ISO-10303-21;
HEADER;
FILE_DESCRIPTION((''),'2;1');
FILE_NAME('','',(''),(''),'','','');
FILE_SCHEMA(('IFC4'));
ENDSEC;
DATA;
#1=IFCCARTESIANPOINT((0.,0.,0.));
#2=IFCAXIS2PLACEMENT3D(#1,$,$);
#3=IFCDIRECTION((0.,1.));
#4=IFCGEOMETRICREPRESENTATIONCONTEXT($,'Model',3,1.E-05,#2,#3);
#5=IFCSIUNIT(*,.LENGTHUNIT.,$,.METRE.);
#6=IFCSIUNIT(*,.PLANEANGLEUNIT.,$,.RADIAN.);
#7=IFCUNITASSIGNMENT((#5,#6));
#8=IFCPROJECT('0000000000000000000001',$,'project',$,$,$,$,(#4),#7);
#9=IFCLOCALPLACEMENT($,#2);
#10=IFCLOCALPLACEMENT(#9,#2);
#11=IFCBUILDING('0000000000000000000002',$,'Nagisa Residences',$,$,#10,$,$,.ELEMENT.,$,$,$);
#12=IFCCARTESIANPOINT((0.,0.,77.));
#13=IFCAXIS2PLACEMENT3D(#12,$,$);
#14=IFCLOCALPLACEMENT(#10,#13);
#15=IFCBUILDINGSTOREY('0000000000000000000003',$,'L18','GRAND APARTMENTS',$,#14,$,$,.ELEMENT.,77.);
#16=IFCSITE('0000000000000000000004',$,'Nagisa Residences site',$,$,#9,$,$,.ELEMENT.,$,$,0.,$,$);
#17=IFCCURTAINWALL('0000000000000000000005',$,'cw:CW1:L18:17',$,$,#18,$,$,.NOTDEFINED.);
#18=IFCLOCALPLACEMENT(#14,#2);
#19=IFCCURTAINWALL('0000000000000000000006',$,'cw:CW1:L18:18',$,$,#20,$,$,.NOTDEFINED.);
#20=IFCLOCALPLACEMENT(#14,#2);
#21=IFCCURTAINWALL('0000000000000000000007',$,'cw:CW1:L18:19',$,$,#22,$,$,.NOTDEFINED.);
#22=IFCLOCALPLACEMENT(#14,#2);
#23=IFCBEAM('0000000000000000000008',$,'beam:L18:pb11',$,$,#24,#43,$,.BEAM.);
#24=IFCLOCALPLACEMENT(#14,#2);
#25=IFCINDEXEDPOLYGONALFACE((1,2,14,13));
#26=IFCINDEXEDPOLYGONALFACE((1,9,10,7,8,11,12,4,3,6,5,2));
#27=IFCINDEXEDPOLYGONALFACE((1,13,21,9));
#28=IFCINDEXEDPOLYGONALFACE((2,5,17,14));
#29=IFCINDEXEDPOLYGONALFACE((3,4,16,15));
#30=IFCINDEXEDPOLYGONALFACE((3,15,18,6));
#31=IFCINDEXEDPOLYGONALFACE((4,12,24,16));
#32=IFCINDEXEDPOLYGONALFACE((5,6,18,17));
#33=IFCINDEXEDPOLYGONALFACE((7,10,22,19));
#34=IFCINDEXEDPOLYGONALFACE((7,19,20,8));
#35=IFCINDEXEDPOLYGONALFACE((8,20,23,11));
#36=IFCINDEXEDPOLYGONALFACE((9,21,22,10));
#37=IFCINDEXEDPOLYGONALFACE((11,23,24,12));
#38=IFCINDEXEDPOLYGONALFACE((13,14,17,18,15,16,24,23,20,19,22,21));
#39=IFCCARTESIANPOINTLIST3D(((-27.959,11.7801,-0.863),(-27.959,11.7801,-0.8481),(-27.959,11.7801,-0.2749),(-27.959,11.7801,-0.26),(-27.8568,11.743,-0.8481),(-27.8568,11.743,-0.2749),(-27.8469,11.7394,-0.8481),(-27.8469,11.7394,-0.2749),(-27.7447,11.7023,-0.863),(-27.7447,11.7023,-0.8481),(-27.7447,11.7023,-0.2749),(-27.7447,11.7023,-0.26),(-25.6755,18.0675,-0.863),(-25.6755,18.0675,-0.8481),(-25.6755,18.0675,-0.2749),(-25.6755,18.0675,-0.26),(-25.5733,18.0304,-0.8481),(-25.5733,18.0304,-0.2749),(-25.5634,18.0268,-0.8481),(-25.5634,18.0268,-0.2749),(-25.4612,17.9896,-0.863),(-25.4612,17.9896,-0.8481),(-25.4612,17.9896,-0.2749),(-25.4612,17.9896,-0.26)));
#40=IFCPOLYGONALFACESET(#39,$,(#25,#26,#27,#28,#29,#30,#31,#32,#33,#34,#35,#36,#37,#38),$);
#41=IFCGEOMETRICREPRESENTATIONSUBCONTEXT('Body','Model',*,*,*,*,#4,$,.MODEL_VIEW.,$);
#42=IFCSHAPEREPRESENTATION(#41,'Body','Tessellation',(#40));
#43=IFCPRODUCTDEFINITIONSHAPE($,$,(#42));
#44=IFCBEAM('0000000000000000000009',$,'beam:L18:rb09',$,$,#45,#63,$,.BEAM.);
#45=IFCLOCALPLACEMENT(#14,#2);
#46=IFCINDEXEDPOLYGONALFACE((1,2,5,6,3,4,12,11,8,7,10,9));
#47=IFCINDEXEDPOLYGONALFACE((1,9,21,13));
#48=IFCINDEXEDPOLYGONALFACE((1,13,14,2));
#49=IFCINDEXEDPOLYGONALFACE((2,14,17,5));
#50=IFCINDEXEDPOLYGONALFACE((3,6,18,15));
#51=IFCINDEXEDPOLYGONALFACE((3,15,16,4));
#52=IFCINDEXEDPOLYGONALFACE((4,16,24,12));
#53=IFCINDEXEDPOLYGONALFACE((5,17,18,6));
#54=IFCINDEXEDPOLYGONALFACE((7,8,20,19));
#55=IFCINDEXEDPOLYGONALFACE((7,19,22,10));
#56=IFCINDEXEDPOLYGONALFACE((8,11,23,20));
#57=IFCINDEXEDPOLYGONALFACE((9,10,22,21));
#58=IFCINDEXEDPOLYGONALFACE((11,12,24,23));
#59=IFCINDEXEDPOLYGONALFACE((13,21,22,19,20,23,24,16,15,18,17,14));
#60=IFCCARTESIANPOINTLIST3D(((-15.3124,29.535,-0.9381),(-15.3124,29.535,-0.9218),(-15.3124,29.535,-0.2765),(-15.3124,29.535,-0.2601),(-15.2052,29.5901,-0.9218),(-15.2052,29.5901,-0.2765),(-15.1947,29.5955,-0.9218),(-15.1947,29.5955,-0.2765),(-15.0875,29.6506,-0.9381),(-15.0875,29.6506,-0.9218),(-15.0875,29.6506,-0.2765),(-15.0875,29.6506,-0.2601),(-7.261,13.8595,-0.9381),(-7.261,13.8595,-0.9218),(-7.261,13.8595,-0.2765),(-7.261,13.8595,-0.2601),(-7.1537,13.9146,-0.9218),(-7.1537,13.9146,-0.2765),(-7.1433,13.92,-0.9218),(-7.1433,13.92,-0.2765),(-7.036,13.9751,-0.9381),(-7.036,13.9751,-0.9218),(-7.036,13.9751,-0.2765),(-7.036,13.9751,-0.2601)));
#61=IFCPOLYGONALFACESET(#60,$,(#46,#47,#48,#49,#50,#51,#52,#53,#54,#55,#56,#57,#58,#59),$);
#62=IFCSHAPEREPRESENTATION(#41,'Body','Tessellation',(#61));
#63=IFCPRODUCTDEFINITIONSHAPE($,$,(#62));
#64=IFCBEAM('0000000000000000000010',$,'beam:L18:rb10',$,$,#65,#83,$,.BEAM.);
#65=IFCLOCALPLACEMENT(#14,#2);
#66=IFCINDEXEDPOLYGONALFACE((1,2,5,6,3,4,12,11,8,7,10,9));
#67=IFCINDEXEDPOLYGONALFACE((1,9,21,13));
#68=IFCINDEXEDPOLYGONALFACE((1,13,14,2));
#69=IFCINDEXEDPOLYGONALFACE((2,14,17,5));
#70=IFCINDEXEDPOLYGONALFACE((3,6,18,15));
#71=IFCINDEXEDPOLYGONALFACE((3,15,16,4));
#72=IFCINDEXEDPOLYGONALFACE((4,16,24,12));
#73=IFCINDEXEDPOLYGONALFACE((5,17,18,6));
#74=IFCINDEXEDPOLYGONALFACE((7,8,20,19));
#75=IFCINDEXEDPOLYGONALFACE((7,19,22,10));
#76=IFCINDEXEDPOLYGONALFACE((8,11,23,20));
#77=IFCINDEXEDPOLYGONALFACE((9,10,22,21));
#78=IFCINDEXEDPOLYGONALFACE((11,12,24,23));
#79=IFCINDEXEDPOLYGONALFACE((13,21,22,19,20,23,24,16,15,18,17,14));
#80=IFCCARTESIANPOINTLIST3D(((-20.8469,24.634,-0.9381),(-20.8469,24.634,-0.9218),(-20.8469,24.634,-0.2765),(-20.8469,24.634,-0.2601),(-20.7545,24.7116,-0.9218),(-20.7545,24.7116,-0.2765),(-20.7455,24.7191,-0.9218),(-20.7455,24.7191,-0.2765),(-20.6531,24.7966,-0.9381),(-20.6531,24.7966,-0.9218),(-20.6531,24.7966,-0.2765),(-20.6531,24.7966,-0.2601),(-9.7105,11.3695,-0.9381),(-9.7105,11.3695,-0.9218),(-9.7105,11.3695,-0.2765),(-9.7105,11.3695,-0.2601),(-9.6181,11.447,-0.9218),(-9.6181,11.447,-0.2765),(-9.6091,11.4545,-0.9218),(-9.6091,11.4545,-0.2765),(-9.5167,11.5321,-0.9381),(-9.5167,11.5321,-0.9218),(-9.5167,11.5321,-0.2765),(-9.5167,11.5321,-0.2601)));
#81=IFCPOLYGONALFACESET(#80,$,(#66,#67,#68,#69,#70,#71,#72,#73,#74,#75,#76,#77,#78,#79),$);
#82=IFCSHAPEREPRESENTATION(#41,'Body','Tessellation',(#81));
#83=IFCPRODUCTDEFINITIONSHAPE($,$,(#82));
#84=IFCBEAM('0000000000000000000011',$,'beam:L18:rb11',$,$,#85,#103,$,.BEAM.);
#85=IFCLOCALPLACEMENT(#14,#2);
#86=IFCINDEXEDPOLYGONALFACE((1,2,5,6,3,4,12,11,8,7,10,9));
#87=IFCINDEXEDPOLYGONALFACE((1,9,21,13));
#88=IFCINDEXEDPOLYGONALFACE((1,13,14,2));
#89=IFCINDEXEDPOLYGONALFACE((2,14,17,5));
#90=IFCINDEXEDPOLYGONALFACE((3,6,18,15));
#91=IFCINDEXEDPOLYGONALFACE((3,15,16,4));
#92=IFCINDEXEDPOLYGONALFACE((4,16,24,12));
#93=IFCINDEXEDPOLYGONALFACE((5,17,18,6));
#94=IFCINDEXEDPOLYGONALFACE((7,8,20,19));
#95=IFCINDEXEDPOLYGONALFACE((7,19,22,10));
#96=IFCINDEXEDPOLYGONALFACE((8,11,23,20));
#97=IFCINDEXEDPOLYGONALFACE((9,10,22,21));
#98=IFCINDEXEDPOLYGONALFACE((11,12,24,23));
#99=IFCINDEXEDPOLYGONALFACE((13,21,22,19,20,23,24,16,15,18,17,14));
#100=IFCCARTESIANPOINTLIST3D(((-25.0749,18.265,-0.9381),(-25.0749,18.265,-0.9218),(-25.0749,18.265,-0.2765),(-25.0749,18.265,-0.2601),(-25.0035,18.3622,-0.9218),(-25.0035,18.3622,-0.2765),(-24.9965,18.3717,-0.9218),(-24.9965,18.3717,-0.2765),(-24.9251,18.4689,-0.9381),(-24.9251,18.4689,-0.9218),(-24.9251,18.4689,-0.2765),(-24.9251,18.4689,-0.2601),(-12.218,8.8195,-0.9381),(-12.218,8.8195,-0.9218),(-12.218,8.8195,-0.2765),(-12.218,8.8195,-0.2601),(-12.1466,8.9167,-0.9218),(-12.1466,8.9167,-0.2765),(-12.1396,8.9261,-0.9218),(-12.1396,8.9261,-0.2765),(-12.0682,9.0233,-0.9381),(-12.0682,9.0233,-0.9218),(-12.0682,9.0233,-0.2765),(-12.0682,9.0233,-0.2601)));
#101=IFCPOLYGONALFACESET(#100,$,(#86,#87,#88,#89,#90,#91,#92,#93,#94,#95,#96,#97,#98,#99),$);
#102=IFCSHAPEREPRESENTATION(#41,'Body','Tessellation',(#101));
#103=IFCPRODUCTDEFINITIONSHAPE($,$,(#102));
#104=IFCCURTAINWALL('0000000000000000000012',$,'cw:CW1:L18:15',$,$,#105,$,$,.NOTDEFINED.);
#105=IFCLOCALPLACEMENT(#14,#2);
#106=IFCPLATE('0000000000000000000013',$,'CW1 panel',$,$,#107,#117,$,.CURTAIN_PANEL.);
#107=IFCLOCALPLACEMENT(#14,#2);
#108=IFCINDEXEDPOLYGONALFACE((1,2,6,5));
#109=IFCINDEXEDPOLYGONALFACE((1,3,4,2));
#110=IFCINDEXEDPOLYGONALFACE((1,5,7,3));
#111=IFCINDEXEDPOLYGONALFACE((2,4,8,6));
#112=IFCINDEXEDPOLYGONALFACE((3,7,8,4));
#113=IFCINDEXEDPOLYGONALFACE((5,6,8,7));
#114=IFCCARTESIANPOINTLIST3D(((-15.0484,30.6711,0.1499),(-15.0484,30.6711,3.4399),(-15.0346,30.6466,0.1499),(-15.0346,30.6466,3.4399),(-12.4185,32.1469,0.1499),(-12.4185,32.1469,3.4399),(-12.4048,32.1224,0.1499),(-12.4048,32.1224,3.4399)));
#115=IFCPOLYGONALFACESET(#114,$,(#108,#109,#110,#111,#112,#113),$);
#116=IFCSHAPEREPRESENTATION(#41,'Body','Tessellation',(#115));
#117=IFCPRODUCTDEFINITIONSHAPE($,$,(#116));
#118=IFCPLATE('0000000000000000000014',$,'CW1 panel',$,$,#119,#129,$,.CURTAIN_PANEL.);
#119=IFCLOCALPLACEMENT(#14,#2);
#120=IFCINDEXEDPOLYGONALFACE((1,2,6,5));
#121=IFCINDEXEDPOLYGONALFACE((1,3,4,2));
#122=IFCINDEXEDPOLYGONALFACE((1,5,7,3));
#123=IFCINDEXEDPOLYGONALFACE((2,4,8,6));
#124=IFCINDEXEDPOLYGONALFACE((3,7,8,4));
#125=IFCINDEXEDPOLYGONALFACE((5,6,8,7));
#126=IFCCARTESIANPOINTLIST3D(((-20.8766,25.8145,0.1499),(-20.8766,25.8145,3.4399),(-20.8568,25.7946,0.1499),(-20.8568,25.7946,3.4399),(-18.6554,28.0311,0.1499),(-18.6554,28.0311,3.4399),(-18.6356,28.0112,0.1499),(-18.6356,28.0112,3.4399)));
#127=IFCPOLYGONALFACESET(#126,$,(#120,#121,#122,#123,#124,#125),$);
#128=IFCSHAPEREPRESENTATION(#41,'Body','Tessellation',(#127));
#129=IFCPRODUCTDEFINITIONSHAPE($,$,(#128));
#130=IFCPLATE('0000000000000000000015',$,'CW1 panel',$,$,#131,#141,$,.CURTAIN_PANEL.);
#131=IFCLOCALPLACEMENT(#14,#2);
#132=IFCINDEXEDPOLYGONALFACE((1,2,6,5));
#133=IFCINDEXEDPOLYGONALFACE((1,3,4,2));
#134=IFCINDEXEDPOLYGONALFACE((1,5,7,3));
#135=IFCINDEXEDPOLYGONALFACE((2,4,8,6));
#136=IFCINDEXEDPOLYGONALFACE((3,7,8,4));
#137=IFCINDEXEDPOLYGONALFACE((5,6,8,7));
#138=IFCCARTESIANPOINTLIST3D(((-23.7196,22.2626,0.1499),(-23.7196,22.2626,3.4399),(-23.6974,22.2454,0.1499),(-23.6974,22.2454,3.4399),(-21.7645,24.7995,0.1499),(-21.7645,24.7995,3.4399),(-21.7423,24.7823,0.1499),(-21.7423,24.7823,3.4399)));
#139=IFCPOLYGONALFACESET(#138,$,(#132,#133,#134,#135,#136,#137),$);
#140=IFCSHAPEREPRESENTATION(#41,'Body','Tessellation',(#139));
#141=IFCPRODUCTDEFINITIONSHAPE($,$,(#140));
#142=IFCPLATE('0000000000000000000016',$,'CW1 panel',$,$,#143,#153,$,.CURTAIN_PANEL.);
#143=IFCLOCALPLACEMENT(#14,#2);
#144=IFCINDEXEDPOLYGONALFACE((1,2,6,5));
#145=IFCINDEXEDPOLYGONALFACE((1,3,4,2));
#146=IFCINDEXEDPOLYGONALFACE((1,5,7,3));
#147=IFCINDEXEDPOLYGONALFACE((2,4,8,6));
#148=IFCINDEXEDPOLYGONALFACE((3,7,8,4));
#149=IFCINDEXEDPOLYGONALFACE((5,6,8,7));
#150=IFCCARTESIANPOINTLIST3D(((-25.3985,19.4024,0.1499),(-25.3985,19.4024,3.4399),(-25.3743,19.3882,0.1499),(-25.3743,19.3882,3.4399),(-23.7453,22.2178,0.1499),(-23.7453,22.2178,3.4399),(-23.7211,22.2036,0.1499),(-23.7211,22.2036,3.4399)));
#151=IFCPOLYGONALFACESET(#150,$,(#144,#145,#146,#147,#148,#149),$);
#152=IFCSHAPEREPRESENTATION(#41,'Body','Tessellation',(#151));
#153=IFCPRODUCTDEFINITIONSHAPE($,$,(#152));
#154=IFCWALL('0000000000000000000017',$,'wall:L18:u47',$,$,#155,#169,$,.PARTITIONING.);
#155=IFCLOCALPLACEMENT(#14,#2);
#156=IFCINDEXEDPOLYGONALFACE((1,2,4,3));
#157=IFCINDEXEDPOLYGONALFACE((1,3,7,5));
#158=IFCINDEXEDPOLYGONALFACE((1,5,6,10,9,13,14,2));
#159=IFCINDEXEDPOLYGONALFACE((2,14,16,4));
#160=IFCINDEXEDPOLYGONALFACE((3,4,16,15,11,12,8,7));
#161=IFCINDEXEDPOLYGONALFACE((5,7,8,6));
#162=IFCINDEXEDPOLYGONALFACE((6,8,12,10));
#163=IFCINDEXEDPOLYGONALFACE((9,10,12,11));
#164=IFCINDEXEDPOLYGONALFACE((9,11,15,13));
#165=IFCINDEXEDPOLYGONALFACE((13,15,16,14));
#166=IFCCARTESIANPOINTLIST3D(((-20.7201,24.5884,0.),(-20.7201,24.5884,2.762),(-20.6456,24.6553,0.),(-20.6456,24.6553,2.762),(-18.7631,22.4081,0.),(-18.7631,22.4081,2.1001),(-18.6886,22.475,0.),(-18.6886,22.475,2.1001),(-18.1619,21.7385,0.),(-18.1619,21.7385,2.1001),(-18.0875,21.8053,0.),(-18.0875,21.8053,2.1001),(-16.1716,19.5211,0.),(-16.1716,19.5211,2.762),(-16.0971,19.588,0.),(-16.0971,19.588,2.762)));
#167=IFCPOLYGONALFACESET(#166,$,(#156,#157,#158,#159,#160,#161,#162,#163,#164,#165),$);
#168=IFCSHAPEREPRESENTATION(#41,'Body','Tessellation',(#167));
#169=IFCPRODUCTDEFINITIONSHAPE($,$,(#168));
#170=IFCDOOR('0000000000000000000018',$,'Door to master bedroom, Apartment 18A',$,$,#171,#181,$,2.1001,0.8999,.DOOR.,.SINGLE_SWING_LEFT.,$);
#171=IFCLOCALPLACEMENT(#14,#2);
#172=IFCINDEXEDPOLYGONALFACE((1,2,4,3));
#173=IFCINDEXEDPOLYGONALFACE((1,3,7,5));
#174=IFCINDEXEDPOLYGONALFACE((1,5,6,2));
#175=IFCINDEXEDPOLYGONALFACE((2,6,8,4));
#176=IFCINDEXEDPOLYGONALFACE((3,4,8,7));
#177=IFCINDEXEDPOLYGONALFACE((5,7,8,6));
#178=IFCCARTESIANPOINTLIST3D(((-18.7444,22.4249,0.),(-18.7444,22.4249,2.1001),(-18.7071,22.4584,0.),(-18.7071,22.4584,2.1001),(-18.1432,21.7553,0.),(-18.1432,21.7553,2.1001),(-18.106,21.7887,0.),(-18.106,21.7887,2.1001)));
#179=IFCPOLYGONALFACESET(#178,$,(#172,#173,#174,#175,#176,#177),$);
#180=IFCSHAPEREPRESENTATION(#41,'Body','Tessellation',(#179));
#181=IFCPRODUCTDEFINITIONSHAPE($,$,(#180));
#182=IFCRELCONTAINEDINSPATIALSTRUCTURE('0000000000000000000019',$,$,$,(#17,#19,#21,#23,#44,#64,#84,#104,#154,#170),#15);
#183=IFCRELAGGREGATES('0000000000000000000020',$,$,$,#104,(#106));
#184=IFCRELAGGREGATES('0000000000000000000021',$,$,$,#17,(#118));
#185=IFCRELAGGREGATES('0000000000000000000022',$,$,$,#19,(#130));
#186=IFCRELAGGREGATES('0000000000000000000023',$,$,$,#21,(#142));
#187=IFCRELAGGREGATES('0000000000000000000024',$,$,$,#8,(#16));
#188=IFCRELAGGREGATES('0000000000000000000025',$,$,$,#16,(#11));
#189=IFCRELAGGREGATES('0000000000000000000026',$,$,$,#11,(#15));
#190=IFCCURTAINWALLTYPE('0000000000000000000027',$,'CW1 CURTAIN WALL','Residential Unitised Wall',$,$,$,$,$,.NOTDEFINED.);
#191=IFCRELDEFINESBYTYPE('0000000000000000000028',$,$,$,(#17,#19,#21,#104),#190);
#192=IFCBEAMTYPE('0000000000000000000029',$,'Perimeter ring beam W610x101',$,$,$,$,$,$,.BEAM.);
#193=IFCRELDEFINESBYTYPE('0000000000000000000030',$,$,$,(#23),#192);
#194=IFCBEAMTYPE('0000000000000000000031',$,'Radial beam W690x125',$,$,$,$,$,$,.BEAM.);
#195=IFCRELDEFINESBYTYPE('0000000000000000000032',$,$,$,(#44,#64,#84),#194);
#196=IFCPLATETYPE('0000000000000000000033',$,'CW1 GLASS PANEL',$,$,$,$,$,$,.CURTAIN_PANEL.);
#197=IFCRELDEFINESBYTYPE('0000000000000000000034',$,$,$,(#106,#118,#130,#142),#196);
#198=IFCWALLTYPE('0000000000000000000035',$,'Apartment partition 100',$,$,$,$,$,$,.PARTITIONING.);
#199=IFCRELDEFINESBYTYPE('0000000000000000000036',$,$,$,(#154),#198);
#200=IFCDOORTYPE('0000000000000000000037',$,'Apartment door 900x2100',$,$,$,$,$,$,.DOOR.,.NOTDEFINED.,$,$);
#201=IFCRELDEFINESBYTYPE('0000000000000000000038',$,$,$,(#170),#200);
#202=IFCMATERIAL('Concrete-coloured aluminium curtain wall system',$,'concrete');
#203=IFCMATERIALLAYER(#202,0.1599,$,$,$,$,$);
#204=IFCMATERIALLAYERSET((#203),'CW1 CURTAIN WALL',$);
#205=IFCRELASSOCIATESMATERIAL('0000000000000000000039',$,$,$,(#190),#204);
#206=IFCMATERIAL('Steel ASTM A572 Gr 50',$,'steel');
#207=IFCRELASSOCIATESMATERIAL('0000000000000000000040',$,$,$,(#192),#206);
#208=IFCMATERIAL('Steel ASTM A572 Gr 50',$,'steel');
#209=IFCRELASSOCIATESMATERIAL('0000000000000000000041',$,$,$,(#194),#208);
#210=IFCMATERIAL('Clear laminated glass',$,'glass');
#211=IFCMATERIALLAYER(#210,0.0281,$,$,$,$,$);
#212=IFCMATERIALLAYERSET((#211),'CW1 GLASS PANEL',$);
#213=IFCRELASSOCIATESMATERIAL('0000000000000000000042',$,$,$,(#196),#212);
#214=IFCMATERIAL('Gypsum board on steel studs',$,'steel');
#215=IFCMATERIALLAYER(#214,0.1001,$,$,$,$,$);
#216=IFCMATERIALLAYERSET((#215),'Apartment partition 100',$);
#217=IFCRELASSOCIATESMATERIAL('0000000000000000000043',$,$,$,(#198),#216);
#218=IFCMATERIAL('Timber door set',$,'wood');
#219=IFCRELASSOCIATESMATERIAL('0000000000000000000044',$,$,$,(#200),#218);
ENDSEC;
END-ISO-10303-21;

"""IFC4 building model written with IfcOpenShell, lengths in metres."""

from ifc_helpers import new_model, si_unit, direction, frame, frame_2d, origin, origin_2d, place, context, subcontext, project, spatial, rectangle, i_section, extrude, material, layer, layer_set, material_profile, profile_set, type_object, element, fill, aggregate, save


model = new_model("IFC4")

# Units and contexts
model_context = context("Model", 3, precision=1e-05, world=origin(), true_north=direction((0.0, 1.0)))
body_context = subcontext(model_context, "Body", "Model", "MODEL_VIEW")
ifc_project = project(units=[si_unit("LENGTHUNIT", "METRE"), si_unit("PLANEANGLEUNIT", "RADIAN")], contexts=[model_context])

# Site, building, storey
site_placement = place(None, origin())
site = spatial("IfcSite", under=ifc_project, at=site_placement, Name="Nagisa Residences site", CompositionType="ELEMENT", RefElevation=0.0)
building_placement = place(site_placement, origin())
building = spatial("IfcBuilding", under=site, at=building_placement, Name="Nagisa Residences", CompositionType="ELEMENT")
storey_placement = place(building_placement, frame((0.0, 0.0, 77.0)))
storey = spatial("IfcBuildingStorey", under=building, at=storey_placement, Name="L18", Description="GRAND APARTMENTS", CompositionType="ELEMENT", Elevation=77.0)

# Curtain walls
ifc_material_1 = material(Name="Concrete-coloured aluminium curtain wall system", Category="concrete")
ifc_layer_1 = layer(ifc_material_1, 0.1599)
ifc_layer_set_1 = layer_set([ifc_layer_1], Name="CW1 CURTAIN WALL")
curtain_wall_type = type_object("IfcCurtainWallType", Name="CW1 CURTAIN WALL", Description="Residential Unitised Wall", PredefinedType="NOTDEFINED", material=ifc_layer_set_1)
curtain_wall_1_placement = place(storey_placement, origin())
curtain_wall_1 = element("IfcCurtainWall", 1, at=curtain_wall_1_placement, inside=storey, type_object=curtain_wall_type, Name="cw:CW1:L18:17", PredefinedType="NOTDEFINED")
curtain_wall_2_placement = place(storey_placement, origin())
curtain_wall_2 = element("IfcCurtainWall", 2, at=curtain_wall_2_placement, inside=storey, type_object=curtain_wall_type, Name="cw:CW1:L18:18", PredefinedType="NOTDEFINED")
curtain_wall_3_placement = place(storey_placement, origin())
curtain_wall_3 = element("IfcCurtainWall", 3, at=curtain_wall_3_placement, inside=storey, type_object=curtain_wall_type, Name="cw:CW1:L18:19", PredefinedType="NOTDEFINED")

# Beams
ifc_material_2 = material(Name="Steel ASTM A572 Gr 50", Category="steel")
ifc_material_profile_1 = material_profile(ifc_material_2, i_section(OverallWidth=0.228, OverallDepth=0.603, WebThickness=0.0105, FlangeThickness=0.0149, at=origin_2d()), Name="W610x101")
ifc_profile_set_1 = profile_set([ifc_material_profile_1], Name="Steel ASTM A572 Gr 50")
beam_type_1 = type_object("IfcBeamType", Name="Perimeter ring beam W610x101", PredefinedType="BEAM", material=ifc_profile_set_1)
beam_1_placement = place(storey_placement, frame((-25.5684, 18.0286, -0.5615), z_axis=(-0.341365, -0.939931, 0.0), x_axis=(0.939931, -0.341365, 0.0)))
element("IfcBeam", 4, at=beam_1_placement, inside=storey, type_object=beam_type_1, Name="beam:L18:pb11", PredefinedType="BEAM", context=body_context, shape_type="SweptSolid", body=[
    extrude(i_section(OverallWidth=0.228, OverallDepth=0.603, WebThickness=0.0105, FlangeThickness=0.0149, at=origin_2d()), origin(), (0.0, 0.0, 1.0), 6.6892),
])
ifc_material_3 = material(Name="Steel ASTM A572 Gr 50", Category="steel")
ifc_material_profile_2 = material_profile(ifc_material_3, i_section(OverallWidth=0.2529, OverallDepth=0.678, WebThickness=0.0117, FlangeThickness=0.0164, at=origin_2d()), Name="W690x125")
ifc_profile_set_2 = profile_set([ifc_material_profile_2], Name="Steel ASTM A572 Gr 50")
beam_type_2 = type_object("IfcBeamType", Name="Radial beam W690x125", PredefinedType="BEAM", material=ifc_profile_set_2)
beam_2_placement = place(storey_placement, frame((-15.2, 29.5928, -0.5991), z_axis=(0.456891, -0.889523, 0.0), x_axis=(0.889523, 0.456891, 0.0)))
element("IfcBeam", 5, at=beam_2_placement, inside=storey, type_object=beam_type_2, Name="beam:L18:rb09", PredefinedType="BEAM", context=body_context, shape_type="SweptSolid", body=[
    extrude(i_section(OverallWidth=0.2529, OverallDepth=0.678, WebThickness=0.0117, FlangeThickness=0.0164, at=origin_2d()), origin(), (0.0, 0.0, 1.0), 17.6223),
])
beam_3_placement = place(storey_placement, frame((-20.75, 24.7153, -0.5991), z_axis=(0.642995, -0.765871, 0.0), x_axis=(0.765871, 0.642995, 0.0)))
element("IfcBeam", 6, at=beam_3_placement, inside=storey, type_object=beam_type_2, Name="beam:L18:rb10", PredefinedType="BEAM", context=body_context, shape_type="SweptSolid", body=[
    extrude(i_section(OverallWidth=0.2529, OverallDepth=0.678, WebThickness=0.0117, FlangeThickness=0.0164, at=origin_2d()), origin(), (0.0, 0.0, 1.0), 17.3196),
])
beam_4_placement = place(storey_placement, frame((-25.0, 18.3669, -0.5991), z_axis=(0.805892, -0.592062, 0.0), x_axis=(0.592062, 0.805892, 0.0)))
element("IfcBeam", 7, at=beam_4_placement, inside=storey, type_object=beam_type_2, Name="beam:L18:rb11", PredefinedType="BEAM", context=body_context, shape_type="SweptSolid", body=[
    extrude(i_section(OverallWidth=0.2529, OverallDepth=0.678, WebThickness=0.0117, FlangeThickness=0.0164, at=origin_2d()), origin(), (0.0, 0.0, 1.0), 15.9536),
])

# Curtain wall, plate
curtain_wall_4_placement = place(storey_placement, origin())
curtain_wall_4 = element("IfcCurtainWall", 8, at=curtain_wall_4_placement, inside=storey, type_object=curtain_wall_type, Name="cw:CW1:L18:15", PredefinedType="NOTDEFINED")
ifc_material_4 = material(Name="Clear laminated glass", Category="glass")
ifc_layer_2 = layer(ifc_material_4, 0.0281)
ifc_layer_set_2 = layer_set([ifc_layer_2], Name="CW1 GLASS PANEL")
plate_type = type_object("IfcPlateType", Name="CW1 GLASS PANEL", PredefinedType="CURTAIN_PANEL", material=ifc_layer_set_2)
plate_1_placement = place(storey_placement, frame((-13.7266, 31.3967, 0.1499), z_axis=(0.0, 0.0, 1.0), x_axis=(-0.872072, -0.489377, 0.0)))
plate_1 = element("IfcPlate", 9, at=plate_1_placement, type_object=plate_type, Name="CW1 panel", PredefinedType="CURTAIN_PANEL", context=body_context, shape_type="SweptSolid", body=[
    extrude(rectangle(XDim=3.0156, YDim=0.0281, at=origin_2d()), origin(), (0.0, 0.0, 1.0), 3.29),
])
aggregate(curtain_wall_4, [plate_1])

# Plates
plate_2_placement = place(storey_placement, frame((-19.7561, 26.9128, 0.1499), z_axis=(0.0, 0.0, 1.0), x_axis=(-0.707836, -0.706377, 0.0)))
plate_2 = element("IfcPlate", 10, at=plate_2_placement, type_object=plate_type, Name="CW1 panel", PredefinedType="CURTAIN_PANEL", context=body_context, shape_type="SweptSolid", body=[
    extrude(rectangle(XDim=3.1379, YDim=0.0281, at=origin_2d()), origin(), (0.0, 0.0, 1.0), 3.29),
])
aggregate(curtain_wall_1, [plate_2])
plate_3_placement = place(storey_placement, frame((-22.731, 23.5225, 0.1499), z_axis=(0.0, 0.0, 1.0), x_axis=(-0.61043, -0.79207, 0.0)))
plate_3 = element("IfcPlate", 11, at=plate_3_placement, type_object=plate_type, Name="CW1 panel", PredefinedType="CURTAIN_PANEL", context=body_context, shape_type="SweptSolid", body=[
    extrude(rectangle(XDim=3.2029, YDim=0.0281, at=origin_2d()), origin(), (0.0, 0.0, 1.0), 3.29),
])
aggregate(curtain_wall_2, [plate_3])
plate_4_placement = place(storey_placement, frame((-24.5598, 20.803, 0.1499), z_axis=(0.0, 0.0, 1.0), x_axis=(-0.506349, -0.862329, 0.0)))
plate_4 = element("IfcPlate", 12, at=plate_4_placement, type_object=plate_type, Name="CW1 panel", PredefinedType="CURTAIN_PANEL", context=body_context, shape_type="SweptSolid", body=[
    extrude(rectangle(XDim=3.2649, YDim=0.0281, at=origin_2d()), origin(), (0.0, 0.0, 1.0), 3.29),
])
aggregate(curtain_wall_3, [plate_4])

# Wall, opening, door
ifc_material_5 = material(Name="Gypsum board on steel studs", Category="steel")
ifc_layer_3 = layer(ifc_material_5, 0.1001)
ifc_layer_set_3 = layer_set([ifc_layer_3], Name="Apartment partition 100")
wall_type_1 = type_object("IfcWallType", Name="Apartment partition 100", PredefinedType="PARTITIONING", material=ifc_layer_set_3)
wall_1_placement = place(storey_placement, frame((-16.1343, 19.5544, 0.0), z_axis=(0.0, 0.0, 1.0), x_axis=(-0.667986, 0.744174, 0.0)))
wall_1 = element("IfcWall", 13, at=wall_1_placement, inside=storey, type_object=wall_type_1, Name="wall:L18:u47", PredefinedType="PARTITIONING", context=body_context, shape_type="SweptSolid", body=[
    extrude(rectangle(XDim=6.8093, YDim=0.1001, at=frame_2d((3.4048, 0.0))), origin(), (0.0, 0.0, 1.0), 2.762),
])
opening_1_placement = place(wall_1_placement, frame((2.9797, 0.0, 0.0)))
opening_1 = element("IfcOpeningElement", 14, at=opening_1_placement, cuts=wall_1, PredefinedType="OPENING", context=body_context, shape_type="SweptSolid", body=[
    extrude(rectangle(XDim=0.8999, YDim=2.1001, at=frame_2d((0.45, 1.05))), frame((0.0, 0.0601, 0.0), z_axis=(0.0, -1.0, 0.0), x_axis=(1.0, 0.0, 0.0)), (0.0, 0.0, 1.0), 0.1201),
])
ifc_material_6 = material(Name="Timber door set", Category="wood")
door_type_1 = type_object("IfcDoorType", Name="Apartment door 900x2100", OperationType="NOTDEFINED", PredefinedType="DOOR", material=ifc_material_6)
door_1_placement = place(opening_1_placement, origin())
door_1 = element("IfcDoor", 15, at=door_1_placement, inside=storey, type_object=door_type_1, Name="Door to master bedroom, Apartment 18A", OperationType="SINGLE_SWING_LEFT", OverallHeight=2.1001, OverallWidth=0.8999, PredefinedType="DOOR", context=body_context, shape_type="SweptSolid", body=[
    extrude(rectangle(XDim=0.8999, YDim=2.1001, at=frame_2d((0.45, 1.05))), frame((0.0, 0.0249, 0.0), z_axis=(0.0, -1.0, 0.0), x_axis=(1.0, 0.0, 0.0)), (0.0, 0.0, 1.0), 0.05),
])
fill(opening_1, door_1)

save(model, "model.ifc")
